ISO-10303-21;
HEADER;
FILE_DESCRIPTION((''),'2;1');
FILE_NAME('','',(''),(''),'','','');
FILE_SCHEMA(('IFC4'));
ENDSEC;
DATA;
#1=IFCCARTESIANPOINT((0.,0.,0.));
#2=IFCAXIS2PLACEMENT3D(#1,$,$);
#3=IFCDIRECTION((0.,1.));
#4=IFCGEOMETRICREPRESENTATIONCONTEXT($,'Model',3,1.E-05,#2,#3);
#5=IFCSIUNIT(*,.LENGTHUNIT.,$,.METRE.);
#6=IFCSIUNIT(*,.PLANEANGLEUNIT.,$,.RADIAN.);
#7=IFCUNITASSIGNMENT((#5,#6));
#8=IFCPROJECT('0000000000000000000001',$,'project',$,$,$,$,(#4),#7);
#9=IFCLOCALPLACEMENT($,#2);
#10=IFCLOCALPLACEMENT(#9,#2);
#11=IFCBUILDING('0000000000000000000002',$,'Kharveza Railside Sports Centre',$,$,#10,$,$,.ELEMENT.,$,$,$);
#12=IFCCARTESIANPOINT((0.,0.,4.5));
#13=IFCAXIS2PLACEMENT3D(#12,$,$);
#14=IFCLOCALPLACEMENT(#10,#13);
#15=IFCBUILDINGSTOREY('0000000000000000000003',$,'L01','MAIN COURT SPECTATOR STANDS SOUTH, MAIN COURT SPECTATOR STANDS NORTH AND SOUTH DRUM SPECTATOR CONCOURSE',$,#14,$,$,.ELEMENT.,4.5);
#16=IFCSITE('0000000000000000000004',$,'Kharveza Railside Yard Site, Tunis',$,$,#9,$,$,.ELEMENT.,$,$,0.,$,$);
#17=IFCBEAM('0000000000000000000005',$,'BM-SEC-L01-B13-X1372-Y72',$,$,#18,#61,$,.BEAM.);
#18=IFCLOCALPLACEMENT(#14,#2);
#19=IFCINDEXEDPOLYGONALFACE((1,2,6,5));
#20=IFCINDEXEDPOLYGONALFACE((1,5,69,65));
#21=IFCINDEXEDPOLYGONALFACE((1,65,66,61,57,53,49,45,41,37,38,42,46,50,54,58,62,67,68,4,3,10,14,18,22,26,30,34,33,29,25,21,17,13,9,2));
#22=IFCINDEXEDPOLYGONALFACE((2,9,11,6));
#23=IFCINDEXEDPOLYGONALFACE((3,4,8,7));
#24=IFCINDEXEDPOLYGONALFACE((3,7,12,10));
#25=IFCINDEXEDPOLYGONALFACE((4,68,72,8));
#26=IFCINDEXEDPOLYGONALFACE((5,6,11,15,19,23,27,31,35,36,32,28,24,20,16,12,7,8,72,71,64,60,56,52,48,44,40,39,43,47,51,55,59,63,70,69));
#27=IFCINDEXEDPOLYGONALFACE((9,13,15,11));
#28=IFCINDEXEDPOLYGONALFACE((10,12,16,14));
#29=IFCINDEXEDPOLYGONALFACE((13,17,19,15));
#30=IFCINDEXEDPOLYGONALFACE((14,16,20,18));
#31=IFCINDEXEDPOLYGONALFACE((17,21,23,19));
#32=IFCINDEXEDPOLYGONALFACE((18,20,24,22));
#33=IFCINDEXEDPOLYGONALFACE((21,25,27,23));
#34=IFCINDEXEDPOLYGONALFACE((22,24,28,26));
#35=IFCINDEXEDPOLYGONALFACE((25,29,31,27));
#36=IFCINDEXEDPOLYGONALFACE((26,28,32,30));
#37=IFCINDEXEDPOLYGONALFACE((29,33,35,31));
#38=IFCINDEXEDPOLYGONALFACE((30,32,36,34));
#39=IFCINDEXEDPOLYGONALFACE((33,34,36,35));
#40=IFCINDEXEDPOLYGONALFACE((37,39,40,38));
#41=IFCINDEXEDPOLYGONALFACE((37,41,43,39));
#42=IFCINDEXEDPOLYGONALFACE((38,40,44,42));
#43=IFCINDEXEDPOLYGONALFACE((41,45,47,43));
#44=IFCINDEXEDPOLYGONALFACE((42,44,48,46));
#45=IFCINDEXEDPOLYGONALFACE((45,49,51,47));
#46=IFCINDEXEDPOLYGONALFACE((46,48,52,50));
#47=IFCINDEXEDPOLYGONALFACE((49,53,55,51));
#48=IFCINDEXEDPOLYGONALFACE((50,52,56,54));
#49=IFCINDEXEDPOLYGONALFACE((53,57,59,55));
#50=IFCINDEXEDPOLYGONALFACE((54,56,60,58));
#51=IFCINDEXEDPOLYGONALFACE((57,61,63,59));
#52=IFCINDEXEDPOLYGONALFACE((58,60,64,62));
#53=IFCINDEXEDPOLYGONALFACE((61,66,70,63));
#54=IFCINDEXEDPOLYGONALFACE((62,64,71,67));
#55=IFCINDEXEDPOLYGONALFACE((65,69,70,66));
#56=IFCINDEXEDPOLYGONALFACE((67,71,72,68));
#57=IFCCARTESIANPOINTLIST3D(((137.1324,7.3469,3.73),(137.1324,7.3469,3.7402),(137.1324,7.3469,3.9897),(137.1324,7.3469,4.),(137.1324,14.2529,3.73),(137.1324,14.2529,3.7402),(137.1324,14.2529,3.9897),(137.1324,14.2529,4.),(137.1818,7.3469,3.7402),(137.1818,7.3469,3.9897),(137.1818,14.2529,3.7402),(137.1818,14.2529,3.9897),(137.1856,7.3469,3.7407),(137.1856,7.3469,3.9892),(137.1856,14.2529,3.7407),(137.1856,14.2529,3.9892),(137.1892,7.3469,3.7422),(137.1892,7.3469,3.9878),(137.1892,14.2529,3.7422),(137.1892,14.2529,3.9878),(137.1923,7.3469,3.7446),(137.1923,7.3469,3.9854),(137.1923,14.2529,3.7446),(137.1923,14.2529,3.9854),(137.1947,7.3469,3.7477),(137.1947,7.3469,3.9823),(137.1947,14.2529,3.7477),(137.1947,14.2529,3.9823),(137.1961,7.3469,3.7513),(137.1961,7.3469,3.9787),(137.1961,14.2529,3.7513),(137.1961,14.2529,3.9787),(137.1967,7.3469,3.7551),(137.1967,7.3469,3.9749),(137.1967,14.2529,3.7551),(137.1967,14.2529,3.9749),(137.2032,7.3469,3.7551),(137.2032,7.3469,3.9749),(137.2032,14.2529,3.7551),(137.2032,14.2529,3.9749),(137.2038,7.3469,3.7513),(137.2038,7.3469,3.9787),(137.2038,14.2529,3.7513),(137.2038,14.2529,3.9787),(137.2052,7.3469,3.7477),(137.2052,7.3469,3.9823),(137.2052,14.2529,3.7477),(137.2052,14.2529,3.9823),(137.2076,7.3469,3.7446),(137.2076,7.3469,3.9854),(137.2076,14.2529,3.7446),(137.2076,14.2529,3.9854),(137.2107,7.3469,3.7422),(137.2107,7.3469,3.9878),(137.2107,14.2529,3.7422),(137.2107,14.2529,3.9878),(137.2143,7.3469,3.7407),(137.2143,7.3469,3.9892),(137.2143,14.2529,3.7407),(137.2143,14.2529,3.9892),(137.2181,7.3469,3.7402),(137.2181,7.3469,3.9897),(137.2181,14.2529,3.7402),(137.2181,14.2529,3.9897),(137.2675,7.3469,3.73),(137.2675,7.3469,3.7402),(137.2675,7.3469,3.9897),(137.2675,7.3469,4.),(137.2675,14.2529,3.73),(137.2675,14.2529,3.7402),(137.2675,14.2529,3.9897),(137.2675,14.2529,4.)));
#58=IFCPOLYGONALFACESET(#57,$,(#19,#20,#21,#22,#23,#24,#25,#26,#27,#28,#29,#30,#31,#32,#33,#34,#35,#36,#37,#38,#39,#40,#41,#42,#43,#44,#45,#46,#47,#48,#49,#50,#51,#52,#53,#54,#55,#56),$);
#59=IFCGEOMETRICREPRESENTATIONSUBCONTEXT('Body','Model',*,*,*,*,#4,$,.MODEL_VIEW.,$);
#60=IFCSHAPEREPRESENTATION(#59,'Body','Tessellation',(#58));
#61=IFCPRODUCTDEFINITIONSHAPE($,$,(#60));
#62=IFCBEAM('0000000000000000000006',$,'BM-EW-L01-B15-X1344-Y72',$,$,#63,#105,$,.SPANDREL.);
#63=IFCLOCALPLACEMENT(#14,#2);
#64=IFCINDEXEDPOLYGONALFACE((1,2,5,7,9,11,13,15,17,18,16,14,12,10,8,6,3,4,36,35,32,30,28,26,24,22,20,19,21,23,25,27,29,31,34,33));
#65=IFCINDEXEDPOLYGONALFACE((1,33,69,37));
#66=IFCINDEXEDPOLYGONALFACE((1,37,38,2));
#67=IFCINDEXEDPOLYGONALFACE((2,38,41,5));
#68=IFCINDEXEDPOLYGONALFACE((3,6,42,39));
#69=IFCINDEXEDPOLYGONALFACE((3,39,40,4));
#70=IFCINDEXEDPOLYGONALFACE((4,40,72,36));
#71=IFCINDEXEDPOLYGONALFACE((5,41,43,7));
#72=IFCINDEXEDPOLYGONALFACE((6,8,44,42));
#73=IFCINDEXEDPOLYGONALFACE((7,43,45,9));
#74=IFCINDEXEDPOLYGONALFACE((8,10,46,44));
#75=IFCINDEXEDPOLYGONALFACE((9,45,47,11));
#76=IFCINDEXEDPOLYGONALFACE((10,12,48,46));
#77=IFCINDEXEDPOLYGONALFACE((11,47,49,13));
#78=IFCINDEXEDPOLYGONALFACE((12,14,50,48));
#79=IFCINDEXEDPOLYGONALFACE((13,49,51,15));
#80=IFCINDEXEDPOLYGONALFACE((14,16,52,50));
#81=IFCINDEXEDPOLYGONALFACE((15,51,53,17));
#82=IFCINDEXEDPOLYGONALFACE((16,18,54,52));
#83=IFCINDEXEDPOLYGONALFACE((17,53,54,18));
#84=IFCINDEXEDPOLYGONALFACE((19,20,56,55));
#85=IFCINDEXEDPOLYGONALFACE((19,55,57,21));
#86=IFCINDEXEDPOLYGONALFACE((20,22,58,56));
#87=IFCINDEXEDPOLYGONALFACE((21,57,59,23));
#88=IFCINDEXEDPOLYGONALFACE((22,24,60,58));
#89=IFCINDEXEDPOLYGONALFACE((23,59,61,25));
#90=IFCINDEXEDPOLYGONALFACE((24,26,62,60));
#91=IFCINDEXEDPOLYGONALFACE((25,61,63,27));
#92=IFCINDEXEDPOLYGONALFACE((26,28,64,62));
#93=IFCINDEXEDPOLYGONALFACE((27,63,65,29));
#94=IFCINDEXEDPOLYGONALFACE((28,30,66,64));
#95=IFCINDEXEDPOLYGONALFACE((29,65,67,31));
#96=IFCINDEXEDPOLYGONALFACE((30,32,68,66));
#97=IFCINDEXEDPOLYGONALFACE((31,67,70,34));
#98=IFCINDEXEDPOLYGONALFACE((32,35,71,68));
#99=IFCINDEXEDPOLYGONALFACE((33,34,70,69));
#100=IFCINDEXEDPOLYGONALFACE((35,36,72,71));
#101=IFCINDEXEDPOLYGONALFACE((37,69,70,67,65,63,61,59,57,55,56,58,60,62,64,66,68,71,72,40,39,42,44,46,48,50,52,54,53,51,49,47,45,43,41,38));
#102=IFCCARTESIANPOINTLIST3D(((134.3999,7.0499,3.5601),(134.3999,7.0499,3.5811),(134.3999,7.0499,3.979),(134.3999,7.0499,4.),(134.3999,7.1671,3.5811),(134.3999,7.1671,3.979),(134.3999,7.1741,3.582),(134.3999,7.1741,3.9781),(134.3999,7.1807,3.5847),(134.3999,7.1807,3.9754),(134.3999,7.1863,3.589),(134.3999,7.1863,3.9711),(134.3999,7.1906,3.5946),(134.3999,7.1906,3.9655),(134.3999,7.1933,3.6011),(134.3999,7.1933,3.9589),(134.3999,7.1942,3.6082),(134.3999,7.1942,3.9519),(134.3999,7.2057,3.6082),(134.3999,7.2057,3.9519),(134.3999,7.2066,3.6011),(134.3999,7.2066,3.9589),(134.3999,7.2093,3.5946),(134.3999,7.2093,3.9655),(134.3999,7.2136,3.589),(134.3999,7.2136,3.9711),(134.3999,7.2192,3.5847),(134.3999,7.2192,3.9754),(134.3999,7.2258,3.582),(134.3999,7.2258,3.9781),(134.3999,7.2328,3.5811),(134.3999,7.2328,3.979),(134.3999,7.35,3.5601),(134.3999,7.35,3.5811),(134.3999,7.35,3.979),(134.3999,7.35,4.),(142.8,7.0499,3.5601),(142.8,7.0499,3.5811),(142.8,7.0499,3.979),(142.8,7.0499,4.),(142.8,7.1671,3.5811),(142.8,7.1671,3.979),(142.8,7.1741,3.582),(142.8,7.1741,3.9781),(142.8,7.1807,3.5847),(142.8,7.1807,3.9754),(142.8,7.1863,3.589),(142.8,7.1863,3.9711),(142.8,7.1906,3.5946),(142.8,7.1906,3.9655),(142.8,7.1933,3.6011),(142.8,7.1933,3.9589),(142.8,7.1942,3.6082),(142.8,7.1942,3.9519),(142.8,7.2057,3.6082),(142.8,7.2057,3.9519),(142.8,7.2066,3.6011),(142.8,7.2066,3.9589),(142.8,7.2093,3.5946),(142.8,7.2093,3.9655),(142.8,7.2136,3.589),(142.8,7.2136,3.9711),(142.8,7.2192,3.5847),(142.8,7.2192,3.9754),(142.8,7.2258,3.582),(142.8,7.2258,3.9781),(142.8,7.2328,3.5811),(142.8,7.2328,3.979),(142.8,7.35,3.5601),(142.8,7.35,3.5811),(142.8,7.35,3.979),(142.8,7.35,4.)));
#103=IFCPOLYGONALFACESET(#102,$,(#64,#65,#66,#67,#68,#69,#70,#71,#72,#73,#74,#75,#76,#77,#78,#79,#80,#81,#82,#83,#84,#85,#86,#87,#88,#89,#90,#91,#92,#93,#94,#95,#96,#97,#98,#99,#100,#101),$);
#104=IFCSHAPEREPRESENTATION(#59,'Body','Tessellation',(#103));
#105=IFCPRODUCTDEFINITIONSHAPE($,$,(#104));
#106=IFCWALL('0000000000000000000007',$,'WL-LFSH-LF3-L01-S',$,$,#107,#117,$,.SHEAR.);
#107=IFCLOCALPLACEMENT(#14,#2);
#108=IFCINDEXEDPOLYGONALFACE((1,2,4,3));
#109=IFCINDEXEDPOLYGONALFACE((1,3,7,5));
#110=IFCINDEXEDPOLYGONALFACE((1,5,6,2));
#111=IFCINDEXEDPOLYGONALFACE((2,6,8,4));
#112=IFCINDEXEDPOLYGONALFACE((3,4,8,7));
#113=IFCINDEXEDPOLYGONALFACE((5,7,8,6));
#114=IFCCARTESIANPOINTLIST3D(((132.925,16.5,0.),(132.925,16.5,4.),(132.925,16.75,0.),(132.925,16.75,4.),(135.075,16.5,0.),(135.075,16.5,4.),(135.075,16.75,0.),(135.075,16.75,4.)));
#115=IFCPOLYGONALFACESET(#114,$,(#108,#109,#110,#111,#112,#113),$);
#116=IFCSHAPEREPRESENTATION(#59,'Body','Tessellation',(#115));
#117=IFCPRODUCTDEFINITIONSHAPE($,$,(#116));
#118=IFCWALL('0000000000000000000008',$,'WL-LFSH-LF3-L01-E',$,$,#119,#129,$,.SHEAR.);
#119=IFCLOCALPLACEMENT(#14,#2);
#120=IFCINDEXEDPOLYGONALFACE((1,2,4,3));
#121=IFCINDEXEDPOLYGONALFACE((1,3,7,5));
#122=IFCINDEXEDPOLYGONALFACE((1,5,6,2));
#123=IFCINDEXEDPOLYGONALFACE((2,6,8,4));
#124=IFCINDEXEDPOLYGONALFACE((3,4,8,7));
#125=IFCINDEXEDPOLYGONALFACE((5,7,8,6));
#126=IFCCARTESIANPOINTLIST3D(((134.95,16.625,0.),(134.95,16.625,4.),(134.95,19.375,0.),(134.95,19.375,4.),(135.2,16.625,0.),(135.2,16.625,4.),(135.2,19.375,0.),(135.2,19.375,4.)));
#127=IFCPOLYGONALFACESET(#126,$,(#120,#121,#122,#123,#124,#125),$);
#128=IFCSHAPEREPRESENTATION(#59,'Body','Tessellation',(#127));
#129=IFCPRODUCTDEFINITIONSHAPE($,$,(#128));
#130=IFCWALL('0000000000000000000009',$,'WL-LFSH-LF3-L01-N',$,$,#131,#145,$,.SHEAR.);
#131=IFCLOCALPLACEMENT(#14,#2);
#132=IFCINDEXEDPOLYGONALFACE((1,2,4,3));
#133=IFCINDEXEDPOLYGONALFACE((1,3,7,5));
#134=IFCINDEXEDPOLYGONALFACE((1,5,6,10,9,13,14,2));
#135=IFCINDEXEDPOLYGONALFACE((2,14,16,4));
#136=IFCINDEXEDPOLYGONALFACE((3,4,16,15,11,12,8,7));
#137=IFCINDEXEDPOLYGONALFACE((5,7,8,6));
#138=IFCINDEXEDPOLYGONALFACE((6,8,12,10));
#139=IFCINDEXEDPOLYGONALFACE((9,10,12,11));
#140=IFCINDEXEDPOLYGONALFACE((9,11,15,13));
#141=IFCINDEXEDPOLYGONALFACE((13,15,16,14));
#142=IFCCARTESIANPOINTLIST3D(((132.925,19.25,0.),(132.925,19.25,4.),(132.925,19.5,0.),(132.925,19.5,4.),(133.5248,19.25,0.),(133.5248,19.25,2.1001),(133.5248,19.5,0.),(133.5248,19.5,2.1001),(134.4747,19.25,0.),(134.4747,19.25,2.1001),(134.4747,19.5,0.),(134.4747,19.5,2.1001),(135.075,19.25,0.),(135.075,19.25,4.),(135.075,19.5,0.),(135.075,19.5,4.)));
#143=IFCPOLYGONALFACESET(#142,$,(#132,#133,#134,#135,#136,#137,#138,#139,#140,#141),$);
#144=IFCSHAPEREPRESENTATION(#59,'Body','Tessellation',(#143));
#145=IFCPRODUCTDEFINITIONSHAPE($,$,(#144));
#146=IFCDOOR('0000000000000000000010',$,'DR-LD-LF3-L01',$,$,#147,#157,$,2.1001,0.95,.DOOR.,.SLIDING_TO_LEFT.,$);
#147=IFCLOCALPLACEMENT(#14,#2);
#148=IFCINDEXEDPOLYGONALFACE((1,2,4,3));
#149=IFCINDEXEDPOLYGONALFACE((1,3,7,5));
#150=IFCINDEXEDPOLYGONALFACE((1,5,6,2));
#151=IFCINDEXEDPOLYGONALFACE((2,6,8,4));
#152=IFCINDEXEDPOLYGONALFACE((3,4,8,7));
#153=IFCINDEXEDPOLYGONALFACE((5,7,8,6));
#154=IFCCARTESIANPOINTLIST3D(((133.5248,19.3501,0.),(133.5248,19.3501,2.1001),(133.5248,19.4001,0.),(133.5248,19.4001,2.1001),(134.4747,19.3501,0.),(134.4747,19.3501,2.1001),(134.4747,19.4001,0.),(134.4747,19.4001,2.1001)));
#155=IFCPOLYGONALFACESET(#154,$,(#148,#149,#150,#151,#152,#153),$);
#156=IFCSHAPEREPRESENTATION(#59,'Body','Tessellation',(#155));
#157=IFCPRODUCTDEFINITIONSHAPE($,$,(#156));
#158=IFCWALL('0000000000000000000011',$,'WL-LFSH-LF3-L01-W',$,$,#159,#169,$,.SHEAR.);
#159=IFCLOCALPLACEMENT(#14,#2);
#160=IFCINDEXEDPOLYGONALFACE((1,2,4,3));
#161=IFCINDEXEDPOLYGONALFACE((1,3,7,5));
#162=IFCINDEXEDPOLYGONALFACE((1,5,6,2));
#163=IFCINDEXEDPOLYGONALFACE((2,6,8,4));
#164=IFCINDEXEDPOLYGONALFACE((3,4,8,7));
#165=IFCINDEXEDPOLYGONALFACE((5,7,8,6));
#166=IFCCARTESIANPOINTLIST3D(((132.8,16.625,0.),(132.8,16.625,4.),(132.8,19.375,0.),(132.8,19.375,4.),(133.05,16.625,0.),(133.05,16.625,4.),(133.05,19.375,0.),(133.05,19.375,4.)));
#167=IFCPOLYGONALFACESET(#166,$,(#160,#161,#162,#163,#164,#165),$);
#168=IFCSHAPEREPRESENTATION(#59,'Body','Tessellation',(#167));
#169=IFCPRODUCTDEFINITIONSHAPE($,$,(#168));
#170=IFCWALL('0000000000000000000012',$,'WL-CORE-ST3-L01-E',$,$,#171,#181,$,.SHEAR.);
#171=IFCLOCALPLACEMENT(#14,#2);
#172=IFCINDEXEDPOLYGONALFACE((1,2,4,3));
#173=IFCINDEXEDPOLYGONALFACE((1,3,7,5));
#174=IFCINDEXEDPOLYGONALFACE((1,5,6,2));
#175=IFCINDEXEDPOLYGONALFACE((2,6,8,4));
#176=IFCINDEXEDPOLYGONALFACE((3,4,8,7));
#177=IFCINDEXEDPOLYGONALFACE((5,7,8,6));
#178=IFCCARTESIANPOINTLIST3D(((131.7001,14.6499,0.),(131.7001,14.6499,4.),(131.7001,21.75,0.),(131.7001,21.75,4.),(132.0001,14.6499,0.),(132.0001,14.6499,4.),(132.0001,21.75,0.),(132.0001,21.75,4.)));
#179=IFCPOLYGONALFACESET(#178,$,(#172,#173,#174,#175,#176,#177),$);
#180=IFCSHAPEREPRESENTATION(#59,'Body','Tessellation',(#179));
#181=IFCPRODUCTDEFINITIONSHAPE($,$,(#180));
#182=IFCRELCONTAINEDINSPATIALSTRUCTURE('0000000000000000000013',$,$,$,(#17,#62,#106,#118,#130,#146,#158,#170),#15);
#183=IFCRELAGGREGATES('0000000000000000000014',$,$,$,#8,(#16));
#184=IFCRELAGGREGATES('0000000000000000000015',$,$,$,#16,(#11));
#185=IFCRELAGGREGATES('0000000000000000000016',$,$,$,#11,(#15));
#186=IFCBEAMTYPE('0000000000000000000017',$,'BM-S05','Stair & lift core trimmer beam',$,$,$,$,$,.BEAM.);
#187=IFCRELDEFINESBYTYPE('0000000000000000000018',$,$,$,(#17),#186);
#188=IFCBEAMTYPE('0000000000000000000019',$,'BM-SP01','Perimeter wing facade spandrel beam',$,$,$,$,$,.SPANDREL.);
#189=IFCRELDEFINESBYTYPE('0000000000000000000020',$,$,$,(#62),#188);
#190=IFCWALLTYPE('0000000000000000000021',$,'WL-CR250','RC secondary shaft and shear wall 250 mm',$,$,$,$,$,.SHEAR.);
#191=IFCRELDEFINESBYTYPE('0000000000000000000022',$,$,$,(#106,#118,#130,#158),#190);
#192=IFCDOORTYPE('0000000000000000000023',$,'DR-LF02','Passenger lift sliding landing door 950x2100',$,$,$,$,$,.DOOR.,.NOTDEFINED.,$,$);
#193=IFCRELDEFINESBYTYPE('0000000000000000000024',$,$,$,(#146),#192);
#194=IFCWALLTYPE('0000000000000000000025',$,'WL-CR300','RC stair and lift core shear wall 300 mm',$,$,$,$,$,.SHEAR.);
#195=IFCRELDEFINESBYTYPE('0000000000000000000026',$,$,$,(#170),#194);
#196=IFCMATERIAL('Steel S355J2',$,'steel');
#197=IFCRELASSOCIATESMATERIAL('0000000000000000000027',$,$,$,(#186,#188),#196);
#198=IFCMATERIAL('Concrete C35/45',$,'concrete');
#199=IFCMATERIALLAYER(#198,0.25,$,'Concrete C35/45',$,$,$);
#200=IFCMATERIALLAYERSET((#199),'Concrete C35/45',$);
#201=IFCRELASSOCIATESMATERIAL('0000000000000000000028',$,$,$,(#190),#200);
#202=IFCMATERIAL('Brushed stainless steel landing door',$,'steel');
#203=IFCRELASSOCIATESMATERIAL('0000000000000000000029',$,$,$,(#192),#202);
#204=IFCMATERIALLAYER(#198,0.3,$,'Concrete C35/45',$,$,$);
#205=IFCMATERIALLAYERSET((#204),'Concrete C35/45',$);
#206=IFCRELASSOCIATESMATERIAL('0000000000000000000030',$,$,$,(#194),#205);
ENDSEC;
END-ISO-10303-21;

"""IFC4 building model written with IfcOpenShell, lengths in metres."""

from ifc_helpers import new_model, si_unit, direction, frame, frame_2d, origin, origin_2d, place, context, subcontext, project, spatial, rectangle, i_section, extrude, material, layer, layer_set, material_profile, profile_set, type_object, element, fill, save


model = new_model("IFC4")

# Units and contexts
model_context = context("Model", 3, precision=1e-05, world=origin(), true_north=direction((0.0, 1.0)))
body_context = subcontext(model_context, "Body", "Model", "MODEL_VIEW")
ifc_project = project(units=[si_unit("LENGTHUNIT", "METRE"), si_unit("PLANEANGLEUNIT", "RADIAN")], contexts=[model_context])

# Site, building, storey
site_placement = place(None, origin())
site = spatial("IfcSite", under=ifc_project, at=site_placement, Name="Kharveza Railside Yard Site, Tunis", CompositionType="ELEMENT", RefElevation=0.0)
building_placement = place(site_placement, origin())
building = spatial("IfcBuilding", under=site, at=building_placement, Name="Kharveza Railside Sports Centre", CompositionType="ELEMENT")
storey_placement = place(building_placement, frame((0.0, 0.0, 4.5)))
storey = spatial("IfcBuildingStorey", under=building, at=storey_placement, Name="L01", Description="MAIN COURT SPECTATOR STANDS SOUTH, MAIN COURT SPECTATOR STANDS NORTH AND SOUTH DRUM SPECTATOR CONCOURSE", CompositionType="ELEMENT", Elevation=4.5)

# Shared definitions
ifc_material_1 = material(Name="Steel S355J2", Category="steel")

# Beams
ifc_material_profile_1 = material_profile(ifc_material_1, i_section(OverallWidth=0.135, OverallDepth=0.27, WebThickness=0.0066, FlangeThickness=0.0103, FilletRadius=0.0149, at=origin_2d()), Name="IPE 270")
ifc_profile_set_1 = profile_set([ifc_material_profile_1], Name="Steel S355J2")
beam_type_1 = type_object("IfcBeamType", Name="BM-S05", Description="Stair & lift core trimmer beam", PredefinedType="BEAM", material=ifc_profile_set_1)
beam_1_placement = place(storey_placement, frame((137.2, 7.3469, 3.865), z_axis=(0.0, 1.0, 0.0), x_axis=(-1.0, 0.0, 0.0)))
element("IfcBeam", 1, at=beam_1_placement, inside=storey, type_object=beam_type_1, Name="BM-SEC-L01-B13-X1372-Y72", PredefinedType="BEAM", context=body_context, shape_type="SweptSolid", body=[
    extrude(i_section(OverallWidth=0.135, OverallDepth=0.27, WebThickness=0.0066, FlangeThickness=0.0103, FilletRadius=0.0149, at=origin_2d()), origin(), (0.0, 0.0, 1.0), 6.906),
])
ifc_material_profile_2 = material_profile(ifc_material_1, i_section(OverallWidth=0.3, OverallDepth=0.4399, WebThickness=0.0115, FlangeThickness=0.021, FilletRadius=0.0271, at=origin_2d()), Name="HEA 450")
ifc_profile_set_2 = profile_set([ifc_material_profile_2], Name="Steel S355J2")
beam_type_2 = type_object("IfcBeamType", Name="BM-SP01", Description="Perimeter wing facade spandrel beam", PredefinedType="SPANDREL", material=ifc_profile_set_2)
beam_2_placement = place(storey_placement, frame((134.3999, 7.2, 3.78), z_axis=(1.0, 0.0, 0.0), x_axis=(0.0, 1.0, 0.0)))
element("IfcBeam", 2, at=beam_2_placement, inside=storey, type_object=beam_type_2, Name="BM-EW-L01-B15-X1344-Y72", PredefinedType="SPANDREL", context=body_context, shape_type="SweptSolid", body=[
    extrude(i_section(OverallWidth=0.3, OverallDepth=0.4399, WebThickness=0.0115, FlangeThickness=0.021, FilletRadius=0.0271, at=origin_2d()), origin(), (0.0, 0.0, 1.0), 8.4001),
])

# Walls
ifc_material_2 = material(Name="Concrete C35/45", Category="concrete")
ifc_layer_1 = layer(ifc_material_2, 0.25, Name="Concrete C35/45")
ifc_layer_set_1 = layer_set([ifc_layer_1], Name="Concrete C35/45")
wall_type_1 = type_object("IfcWallType", Name="WL-CR250", Description="RC secondary shaft and shear wall 250 mm", PredefinedType="SHEAR", material=ifc_layer_set_1)
wall_1_placement = place(storey_placement, frame((132.925, 16.625, 0.0), z_axis=(0.0, 0.0, 1.0), x_axis=(1.0, 0.0, 0.0)))
element("IfcWall", 3, at=wall_1_placement, inside=storey, type_object=wall_type_1, Name="WL-LFSH-LF3-L01-S", PredefinedType="SHEAR", context=body_context, shape_type="SweptSolid", body=[
    extrude(rectangle(XDim=2.1499, YDim=0.25, at=frame_2d((1.075, 0.0))), origin(), (0.0, 0.0, 1.0), 4.0),
])
wall_2_placement = place(storey_placement, frame((135.075, 16.625, 0.0), z_axis=(0.0, 0.0, 1.0), x_axis=(0.0, 1.0, 0.0)))
element("IfcWall", 4, at=wall_2_placement, inside=storey, type_object=wall_type_1, Name="WL-LFSH-LF3-L01-E", PredefinedType="SHEAR", context=body_context, shape_type="SweptSolid", body=[
    extrude(rectangle(XDim=2.75, YDim=0.25, at=frame_2d((1.375, 0.0))), origin(), (0.0, 0.0, 1.0), 4.0),
])

# Wall, opening, door
wall_3_placement = place(storey_placement, frame((135.075, 19.375, 0.0), z_axis=(0.0, 0.0, 1.0), x_axis=(-1.0, 0.0, 0.0)))
wall_3 = element("IfcWall", 5, at=wall_3_placement, inside=storey, type_object=wall_type_1, Name="WL-LFSH-LF3-L01-N", PredefinedType="SHEAR", context=body_context, shape_type="SweptSolid", body=[
    extrude(rectangle(XDim=2.1499, YDim=0.25, at=frame_2d((1.075, 0.0))), origin(), (0.0, 0.0, 1.0), 4.0),
])
opening_1_placement = place(wall_3_placement, frame((0.6001, 0.0, 0.0)))
opening_1 = element("IfcOpeningElement", 6, at=opening_1_placement, cuts=wall_3, PredefinedType="OPENING", context=body_context, shape_type="SweptSolid", body=[
    extrude(rectangle(XDim=0.95, YDim=2.1001, at=frame_2d((0.4751, 1.05))), frame((0.0, 0.1499, 0.0), z_axis=(0.0, -1.0, 0.0), x_axis=(1.0, 0.0, 0.0)), (0.0, 0.0, 1.0), 0.2998),
])
ifc_material_3 = material(Name="Brushed stainless steel landing door", Category="steel")
door_type_1 = type_object("IfcDoorType", Name="DR-LF02", Description="Passenger lift sliding landing door 950x2100", OperationType="NOTDEFINED", PredefinedType="DOOR", material=ifc_material_3)
door_1_placement = place(opening_1_placement, origin())
door_1 = element("IfcDoor", 7, at=door_1_placement, inside=storey, type_object=door_type_1, Name="DR-LD-LF3-L01", OperationType="SLIDING_TO_LEFT", OverallHeight=2.1001, OverallWidth=0.95, PredefinedType="DOOR", context=body_context, shape_type="SweptSolid", body=[
    extrude(rectangle(XDim=0.95, YDim=2.1001, at=frame_2d((0.4751, 1.05))), frame((0.0, 0.0249, 0.0), z_axis=(0.0, -1.0, 0.0), x_axis=(1.0, 0.0, 0.0)), (0.0, 0.0, 1.0), 0.05),
])
fill(opening_1, door_1)

# Walls
wall_4_placement = place(storey_placement, frame((132.925, 19.375, 0.0), z_axis=(0.0, 0.0, 1.0), x_axis=(0.0, -1.0, 0.0)))
element("IfcWall", 8, at=wall_4_placement, inside=storey, type_object=wall_type_1, Name="WL-LFSH-LF3-L01-W", PredefinedType="SHEAR", context=body_context, shape_type="SweptSolid", body=[
    extrude(rectangle(XDim=2.75, YDim=0.25, at=frame_2d((1.375, 0.0))), origin(), (0.0, 0.0, 1.0), 4.0),
])
ifc_layer_2 = layer(ifc_material_2, 0.3, Name="Concrete C35/45")
ifc_layer_set_2 = layer_set([ifc_layer_2], Name="Concrete C35/45")
wall_type_2 = type_object("IfcWallType", Name="WL-CR300", Description="RC stair and lift core shear wall 300 mm", PredefinedType="SHEAR", material=ifc_layer_set_2)
wall_5_placement = place(storey_placement, frame((131.8501, 14.6499, 0.0), z_axis=(0.0, 0.0, 1.0), x_axis=(0.0, 1.0, 0.0)))
element("IfcWall", 9, at=wall_5_placement, inside=storey, type_object=wall_type_2, Name="WL-CORE-ST3-L01-E", PredefinedType="SHEAR", context=body_context, shape_type="SweptSolid", body=[
    extrude(rectangle(XDim=7.1001, YDim=0.3, at=frame_2d((3.55, 0.0))), origin(), (0.0, 0.0, 1.0), 4.0),
])

save(model, "model.ifc")
